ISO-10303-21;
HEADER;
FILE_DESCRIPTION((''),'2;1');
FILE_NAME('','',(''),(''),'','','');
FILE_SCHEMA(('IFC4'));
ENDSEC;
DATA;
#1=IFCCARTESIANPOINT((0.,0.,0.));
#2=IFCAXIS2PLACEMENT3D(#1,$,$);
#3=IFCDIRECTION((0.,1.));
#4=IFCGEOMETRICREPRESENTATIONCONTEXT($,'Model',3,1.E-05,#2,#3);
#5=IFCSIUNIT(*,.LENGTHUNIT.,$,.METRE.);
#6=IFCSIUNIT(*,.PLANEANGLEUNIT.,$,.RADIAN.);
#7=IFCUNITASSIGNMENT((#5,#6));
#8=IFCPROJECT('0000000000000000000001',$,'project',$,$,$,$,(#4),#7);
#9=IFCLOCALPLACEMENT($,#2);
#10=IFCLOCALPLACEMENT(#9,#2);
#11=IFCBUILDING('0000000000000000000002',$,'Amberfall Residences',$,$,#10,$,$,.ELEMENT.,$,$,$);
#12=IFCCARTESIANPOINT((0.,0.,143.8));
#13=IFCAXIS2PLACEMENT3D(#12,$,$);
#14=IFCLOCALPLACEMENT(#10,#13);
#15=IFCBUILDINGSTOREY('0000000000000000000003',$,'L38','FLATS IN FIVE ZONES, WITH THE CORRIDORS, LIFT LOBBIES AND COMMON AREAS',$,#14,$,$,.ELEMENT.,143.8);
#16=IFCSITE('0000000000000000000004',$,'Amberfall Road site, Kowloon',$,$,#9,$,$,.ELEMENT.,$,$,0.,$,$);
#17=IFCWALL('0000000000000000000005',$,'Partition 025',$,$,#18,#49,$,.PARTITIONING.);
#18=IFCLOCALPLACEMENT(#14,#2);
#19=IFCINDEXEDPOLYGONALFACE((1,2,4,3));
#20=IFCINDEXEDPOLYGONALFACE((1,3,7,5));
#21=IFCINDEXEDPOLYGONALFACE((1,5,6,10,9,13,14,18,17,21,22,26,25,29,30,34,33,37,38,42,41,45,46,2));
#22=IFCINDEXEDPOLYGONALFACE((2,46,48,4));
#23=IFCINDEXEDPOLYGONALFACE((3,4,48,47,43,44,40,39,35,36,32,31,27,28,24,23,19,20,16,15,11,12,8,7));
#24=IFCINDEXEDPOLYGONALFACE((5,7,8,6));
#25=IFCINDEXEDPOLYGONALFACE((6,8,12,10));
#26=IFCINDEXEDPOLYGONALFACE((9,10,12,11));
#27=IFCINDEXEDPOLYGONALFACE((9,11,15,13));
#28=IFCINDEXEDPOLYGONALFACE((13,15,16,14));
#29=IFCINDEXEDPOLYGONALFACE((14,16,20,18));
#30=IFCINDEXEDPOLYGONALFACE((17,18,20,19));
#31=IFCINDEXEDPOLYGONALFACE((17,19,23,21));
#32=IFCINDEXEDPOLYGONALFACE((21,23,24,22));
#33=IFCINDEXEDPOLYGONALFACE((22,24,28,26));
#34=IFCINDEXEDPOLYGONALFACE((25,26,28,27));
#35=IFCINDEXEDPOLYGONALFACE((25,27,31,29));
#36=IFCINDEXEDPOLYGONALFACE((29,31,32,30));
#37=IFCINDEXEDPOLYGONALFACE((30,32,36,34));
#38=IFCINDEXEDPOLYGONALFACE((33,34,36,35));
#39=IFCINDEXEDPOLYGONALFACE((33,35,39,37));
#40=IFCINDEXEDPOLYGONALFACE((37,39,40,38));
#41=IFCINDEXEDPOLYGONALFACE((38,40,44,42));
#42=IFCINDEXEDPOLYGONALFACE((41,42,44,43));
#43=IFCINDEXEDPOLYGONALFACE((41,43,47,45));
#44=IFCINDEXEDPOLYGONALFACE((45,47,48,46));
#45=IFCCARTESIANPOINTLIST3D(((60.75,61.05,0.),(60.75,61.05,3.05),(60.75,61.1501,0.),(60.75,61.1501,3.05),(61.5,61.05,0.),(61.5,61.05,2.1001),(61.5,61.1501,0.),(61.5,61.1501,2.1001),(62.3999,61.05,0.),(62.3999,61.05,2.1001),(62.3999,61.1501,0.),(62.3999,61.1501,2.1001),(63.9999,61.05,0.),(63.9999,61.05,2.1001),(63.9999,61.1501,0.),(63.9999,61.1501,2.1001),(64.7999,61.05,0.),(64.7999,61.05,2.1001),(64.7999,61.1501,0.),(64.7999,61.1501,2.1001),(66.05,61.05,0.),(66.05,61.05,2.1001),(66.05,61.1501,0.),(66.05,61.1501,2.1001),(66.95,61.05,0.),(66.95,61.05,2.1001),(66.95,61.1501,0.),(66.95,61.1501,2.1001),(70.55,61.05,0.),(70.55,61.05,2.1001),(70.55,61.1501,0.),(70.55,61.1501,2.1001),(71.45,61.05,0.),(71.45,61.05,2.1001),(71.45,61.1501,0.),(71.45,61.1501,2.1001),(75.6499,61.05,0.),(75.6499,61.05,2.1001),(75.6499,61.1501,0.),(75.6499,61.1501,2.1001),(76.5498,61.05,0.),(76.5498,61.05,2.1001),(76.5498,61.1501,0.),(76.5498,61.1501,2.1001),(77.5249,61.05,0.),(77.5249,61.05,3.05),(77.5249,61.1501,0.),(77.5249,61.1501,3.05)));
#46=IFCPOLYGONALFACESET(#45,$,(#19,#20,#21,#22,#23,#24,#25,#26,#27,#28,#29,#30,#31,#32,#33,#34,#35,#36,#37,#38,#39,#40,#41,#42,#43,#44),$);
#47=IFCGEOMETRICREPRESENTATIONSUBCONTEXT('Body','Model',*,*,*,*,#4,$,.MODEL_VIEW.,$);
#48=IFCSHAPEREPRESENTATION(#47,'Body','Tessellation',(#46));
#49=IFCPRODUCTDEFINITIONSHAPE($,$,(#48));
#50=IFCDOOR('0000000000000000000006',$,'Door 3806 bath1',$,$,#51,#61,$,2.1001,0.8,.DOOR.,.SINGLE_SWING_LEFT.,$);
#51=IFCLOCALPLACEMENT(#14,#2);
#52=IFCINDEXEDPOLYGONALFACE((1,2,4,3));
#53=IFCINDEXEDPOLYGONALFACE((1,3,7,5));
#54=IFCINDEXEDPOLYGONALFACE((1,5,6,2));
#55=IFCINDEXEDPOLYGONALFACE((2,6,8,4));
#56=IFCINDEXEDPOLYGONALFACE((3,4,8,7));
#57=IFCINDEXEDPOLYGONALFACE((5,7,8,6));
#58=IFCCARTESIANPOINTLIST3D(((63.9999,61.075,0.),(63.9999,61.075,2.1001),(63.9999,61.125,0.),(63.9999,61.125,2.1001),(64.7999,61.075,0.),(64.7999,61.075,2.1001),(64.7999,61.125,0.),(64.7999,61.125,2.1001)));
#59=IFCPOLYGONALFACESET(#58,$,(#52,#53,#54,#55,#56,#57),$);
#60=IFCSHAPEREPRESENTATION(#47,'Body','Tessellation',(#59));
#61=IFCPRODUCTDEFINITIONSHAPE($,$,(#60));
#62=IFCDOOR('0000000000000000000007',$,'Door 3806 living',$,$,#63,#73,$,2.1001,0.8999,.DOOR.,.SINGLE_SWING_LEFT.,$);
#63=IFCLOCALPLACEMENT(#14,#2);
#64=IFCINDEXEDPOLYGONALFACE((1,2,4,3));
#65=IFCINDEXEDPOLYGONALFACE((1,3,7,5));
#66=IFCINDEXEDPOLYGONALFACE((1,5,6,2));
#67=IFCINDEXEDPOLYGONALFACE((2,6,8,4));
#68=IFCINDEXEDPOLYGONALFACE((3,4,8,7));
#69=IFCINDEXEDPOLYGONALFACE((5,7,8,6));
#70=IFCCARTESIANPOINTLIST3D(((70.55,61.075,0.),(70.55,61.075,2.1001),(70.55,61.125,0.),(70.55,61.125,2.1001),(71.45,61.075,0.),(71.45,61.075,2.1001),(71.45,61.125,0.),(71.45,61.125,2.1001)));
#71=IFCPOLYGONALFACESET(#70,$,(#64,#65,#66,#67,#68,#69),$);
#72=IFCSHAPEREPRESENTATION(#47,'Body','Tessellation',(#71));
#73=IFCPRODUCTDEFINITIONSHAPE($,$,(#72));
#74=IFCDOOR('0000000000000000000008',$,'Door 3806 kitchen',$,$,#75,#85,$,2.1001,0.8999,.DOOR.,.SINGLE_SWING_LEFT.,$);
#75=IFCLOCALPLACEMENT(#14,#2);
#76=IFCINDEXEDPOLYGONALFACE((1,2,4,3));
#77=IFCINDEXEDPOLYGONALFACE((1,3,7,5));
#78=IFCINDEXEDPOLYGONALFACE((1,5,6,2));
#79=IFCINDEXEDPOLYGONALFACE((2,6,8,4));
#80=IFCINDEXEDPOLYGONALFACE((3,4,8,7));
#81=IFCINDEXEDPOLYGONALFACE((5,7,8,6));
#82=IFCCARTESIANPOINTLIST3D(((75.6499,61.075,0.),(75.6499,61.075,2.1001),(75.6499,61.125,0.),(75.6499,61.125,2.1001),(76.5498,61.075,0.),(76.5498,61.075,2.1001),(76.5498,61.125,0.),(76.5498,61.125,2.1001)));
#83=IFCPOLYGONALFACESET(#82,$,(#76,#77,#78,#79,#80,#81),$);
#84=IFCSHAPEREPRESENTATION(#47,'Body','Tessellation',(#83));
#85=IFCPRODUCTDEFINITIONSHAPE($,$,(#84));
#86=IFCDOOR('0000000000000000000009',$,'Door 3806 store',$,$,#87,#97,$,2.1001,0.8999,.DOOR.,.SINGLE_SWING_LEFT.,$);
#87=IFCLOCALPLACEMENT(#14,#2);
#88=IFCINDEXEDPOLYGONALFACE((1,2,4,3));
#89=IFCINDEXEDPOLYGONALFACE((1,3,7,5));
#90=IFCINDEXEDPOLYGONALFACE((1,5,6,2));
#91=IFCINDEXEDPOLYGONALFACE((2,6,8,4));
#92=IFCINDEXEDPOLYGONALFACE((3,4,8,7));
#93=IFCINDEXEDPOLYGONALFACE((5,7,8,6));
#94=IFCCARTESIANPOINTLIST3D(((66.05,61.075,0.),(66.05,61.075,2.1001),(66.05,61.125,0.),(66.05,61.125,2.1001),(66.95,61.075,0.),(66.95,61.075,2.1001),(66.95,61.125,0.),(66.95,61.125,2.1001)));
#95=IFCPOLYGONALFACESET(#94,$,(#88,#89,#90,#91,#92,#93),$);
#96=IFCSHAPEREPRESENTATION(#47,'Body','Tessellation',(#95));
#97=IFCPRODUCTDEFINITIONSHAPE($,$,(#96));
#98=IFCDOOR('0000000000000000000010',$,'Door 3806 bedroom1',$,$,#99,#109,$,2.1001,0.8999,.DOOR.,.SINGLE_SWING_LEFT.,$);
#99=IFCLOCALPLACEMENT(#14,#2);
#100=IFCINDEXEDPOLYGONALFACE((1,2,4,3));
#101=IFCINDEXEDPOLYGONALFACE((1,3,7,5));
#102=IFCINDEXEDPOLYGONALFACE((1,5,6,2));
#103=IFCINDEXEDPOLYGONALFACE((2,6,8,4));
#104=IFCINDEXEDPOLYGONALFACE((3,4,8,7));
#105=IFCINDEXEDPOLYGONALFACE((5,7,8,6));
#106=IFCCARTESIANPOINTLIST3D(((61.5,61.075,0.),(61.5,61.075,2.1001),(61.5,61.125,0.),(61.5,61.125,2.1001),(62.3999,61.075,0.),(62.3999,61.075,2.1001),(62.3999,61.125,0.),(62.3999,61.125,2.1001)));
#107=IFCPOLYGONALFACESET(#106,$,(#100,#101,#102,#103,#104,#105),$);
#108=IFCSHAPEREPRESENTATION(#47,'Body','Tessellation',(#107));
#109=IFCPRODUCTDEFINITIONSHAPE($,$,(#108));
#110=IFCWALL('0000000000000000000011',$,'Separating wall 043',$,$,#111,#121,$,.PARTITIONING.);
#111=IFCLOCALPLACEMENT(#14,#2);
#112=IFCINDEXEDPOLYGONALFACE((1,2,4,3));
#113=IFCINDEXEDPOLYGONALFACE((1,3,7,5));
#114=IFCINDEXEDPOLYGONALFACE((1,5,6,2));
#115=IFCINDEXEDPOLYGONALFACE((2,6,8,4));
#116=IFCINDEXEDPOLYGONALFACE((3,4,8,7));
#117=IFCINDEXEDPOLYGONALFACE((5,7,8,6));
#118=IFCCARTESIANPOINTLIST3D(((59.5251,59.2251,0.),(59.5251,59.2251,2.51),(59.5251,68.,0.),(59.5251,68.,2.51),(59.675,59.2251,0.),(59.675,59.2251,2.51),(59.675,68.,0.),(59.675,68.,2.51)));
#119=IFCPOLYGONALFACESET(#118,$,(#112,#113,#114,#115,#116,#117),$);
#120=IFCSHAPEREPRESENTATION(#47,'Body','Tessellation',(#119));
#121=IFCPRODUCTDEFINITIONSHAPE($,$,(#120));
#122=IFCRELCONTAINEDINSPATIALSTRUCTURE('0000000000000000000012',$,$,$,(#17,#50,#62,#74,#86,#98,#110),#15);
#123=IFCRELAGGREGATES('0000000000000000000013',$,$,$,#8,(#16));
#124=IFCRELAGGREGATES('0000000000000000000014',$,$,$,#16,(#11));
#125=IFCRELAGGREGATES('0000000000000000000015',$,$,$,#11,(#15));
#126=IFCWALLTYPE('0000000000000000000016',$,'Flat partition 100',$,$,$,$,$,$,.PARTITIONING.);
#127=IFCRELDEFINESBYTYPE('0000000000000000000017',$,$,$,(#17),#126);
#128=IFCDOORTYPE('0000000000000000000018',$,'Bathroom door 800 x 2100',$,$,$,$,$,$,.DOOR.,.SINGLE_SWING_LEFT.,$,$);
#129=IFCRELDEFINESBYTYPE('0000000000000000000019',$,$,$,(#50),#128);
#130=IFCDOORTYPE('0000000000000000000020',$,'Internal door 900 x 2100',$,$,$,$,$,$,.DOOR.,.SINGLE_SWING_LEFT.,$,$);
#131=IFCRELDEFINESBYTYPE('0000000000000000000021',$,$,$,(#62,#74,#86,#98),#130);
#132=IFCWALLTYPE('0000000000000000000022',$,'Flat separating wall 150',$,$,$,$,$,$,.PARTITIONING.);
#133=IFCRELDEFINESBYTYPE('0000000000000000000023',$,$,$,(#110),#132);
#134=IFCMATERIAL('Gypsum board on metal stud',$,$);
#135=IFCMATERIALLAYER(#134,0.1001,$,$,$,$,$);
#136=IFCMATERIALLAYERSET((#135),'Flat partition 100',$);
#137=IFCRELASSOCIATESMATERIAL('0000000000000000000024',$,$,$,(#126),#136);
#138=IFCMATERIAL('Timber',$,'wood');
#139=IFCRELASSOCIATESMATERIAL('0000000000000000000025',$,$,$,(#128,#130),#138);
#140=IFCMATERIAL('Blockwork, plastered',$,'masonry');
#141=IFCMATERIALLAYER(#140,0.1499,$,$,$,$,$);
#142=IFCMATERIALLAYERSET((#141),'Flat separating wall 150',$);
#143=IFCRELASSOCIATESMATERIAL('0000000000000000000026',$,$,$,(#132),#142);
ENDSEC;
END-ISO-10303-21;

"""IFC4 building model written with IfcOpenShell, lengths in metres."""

from ifc_helpers import new_model, si_unit, direction, frame, frame_2d, origin, place, context, subcontext, project, spatial, rectangle, extrude, material, layer, layer_set, type_object, element, fill, save


model = new_model("IFC4")

# Units and contexts
model_context = context("Model", 3, precision=1e-05, world=origin(), true_north=direction((0.0, 1.0)))
body_context = subcontext(model_context, "Body", "Model", "MODEL_VIEW")
ifc_project = project(units=[si_unit("LENGTHUNIT", "METRE"), si_unit("PLANEANGLEUNIT", "RADIAN")], contexts=[model_context])

# Site, building, storey
site_placement = place(None, origin())
site = spatial("IfcSite", under=ifc_project, at=site_placement, Name="Amberfall Road site, Kowloon", CompositionType="ELEMENT", RefElevation=0.0)
building_placement = place(site_placement, origin())
building = spatial("IfcBuilding", under=site, at=building_placement, Name="Amberfall Residences", CompositionType="ELEMENT")
storey_placement = place(building_placement, frame((0.0, 0.0, 143.8)))
storey = spatial("IfcBuildingStorey", under=building, at=storey_placement, Name="L38", Description="FLATS IN FIVE ZONES, WITH THE CORRIDORS, LIFT LOBBIES AND COMMON AREAS", CompositionType="ELEMENT", Elevation=143.8)

# Shared definitions
ifc_material_1 = material(Name="Gypsum board on metal stud")
ifc_layer_1 = layer(ifc_material_1, 0.1001)
ifc_layer_set_1 = layer_set([ifc_layer_1], Name="Flat partition 100")
wall_type_1 = type_object("IfcWallType", Name="Flat partition 100", PredefinedType="PARTITIONING", material=ifc_layer_set_1)

# Wall, openings, doors
wall_1_placement = place(storey_placement, frame((60.75, 61.1001, 0.0), z_axis=(0.0, 0.0, 1.0), x_axis=(1.0, 0.0, 0.0)))
wall_1 = element("IfcWall", 1, at=wall_1_placement, inside=storey, type_object=wall_type_1, Name="Partition 025", PredefinedType="PARTITIONING", context=body_context, shape_type="SweptSolid", body=[
    extrude(rectangle(XDim=16.7749, YDim=0.1001, at=frame_2d((8.3875, 0.0))), origin(), (0.0, 0.0, 1.0), 3.05),
])
opening_1_placement = place(wall_1_placement, frame((9.8, 0.0, 0.0)))
opening_1 = element("IfcOpeningElement", 2, at=opening_1_placement, cuts=wall_1, PredefinedType="OPENING", context=body_context, shape_type="SweptSolid", body=[
    extrude(rectangle(XDim=0.8999, YDim=2.1001, at=frame_2d((0.45, 1.05))), frame((0.0, 0.0601, 0.0), z_axis=(0.0, -1.0, 0.0), x_axis=(1.0, 0.0, 0.0)), (0.0, 0.0, 1.0), 0.1201),
])
opening_2_placement = place(wall_1_placement, frame((14.8999, 0.0, 0.0)))
opening_2 = element("IfcOpeningElement", 3, at=opening_2_placement, cuts=wall_1, PredefinedType="OPENING", context=body_context, shape_type="SweptSolid", body=[
    extrude(rectangle(XDim=0.8999, YDim=2.1001, at=frame_2d((0.45, 1.05))), frame((0.0, 0.0601, 0.0), z_axis=(0.0, -1.0, 0.0), x_axis=(1.0, 0.0, 0.0)), (0.0, 0.0, 1.0), 0.1201),
])
opening_3_placement = place(wall_1_placement, frame((5.3, 0.0, 0.0)))
opening_3 = element("IfcOpeningElement", 4, at=opening_3_placement, cuts=wall_1, PredefinedType="OPENING", context=body_context, shape_type="SweptSolid", body=[
    extrude(rectangle(XDim=0.8999, YDim=2.1001, at=frame_2d((0.45, 1.05))), frame((0.0, 0.0601, 0.0), z_axis=(0.0, -1.0, 0.0), x_axis=(1.0, 0.0, 0.0)), (0.0, 0.0, 1.0), 0.1201),
])
opening_4_placement = place(wall_1_placement, frame((0.75, 0.0, 0.0)))
opening_4 = element("IfcOpeningElement", 5, at=opening_4_placement, cuts=wall_1, PredefinedType="OPENING", context=body_context, shape_type="SweptSolid", body=[
    extrude(rectangle(XDim=0.8999, YDim=2.1001, at=frame_2d((0.45, 1.05))), frame((0.0, 0.0601, 0.0), z_axis=(0.0, -1.0, 0.0), x_axis=(1.0, 0.0, 0.0)), (0.0, 0.0, 1.0), 0.1201),
])
opening_5_placement = place(wall_1_placement, frame((3.25, 0.0, 0.0)))
opening_5 = element("IfcOpeningElement", 6, at=opening_5_placement, cuts=wall_1, PredefinedType="OPENING", context=body_context, shape_type="SweptSolid", body=[
    extrude(rectangle(XDim=0.8, YDim=2.1001, at=frame_2d((0.3999, 1.05))), frame((0.0, 0.0601, 0.0), z_axis=(0.0, -1.0, 0.0), x_axis=(1.0, 0.0, 0.0)), (0.0, 0.0, 1.0), 0.1201),
])
ifc_material_2 = material(Name="Timber", Category="wood")
door_type_1 = type_object("IfcDoorType", Name="Bathroom door 800 x 2100", OperationType="SINGLE_SWING_LEFT", PredefinedType="DOOR", material=ifc_material_2)
door_1_placement = place(opening_5_placement, origin())
door_1 = element("IfcDoor", 7, at=door_1_placement, inside=storey, type_object=door_type_1, Name="Door 3806 bath1", OperationType="SINGLE_SWING_LEFT", OverallHeight=2.1001, OverallWidth=0.8, PredefinedType="DOOR", context=body_context, shape_type="SweptSolid", body=[
    extrude(rectangle(XDim=0.8, YDim=2.1001, at=frame_2d((0.3999, 1.05))), frame((0.0, 0.0249, 0.0), z_axis=(0.0, -1.0, 0.0), x_axis=(1.0, 0.0, 0.0)), (0.0, 0.0, 1.0), 0.05),
])
fill(opening_5, door_1)
door_type_2 = type_object("IfcDoorType", Name="Internal door 900 x 2100", OperationType="SINGLE_SWING_LEFT", PredefinedType="DOOR", material=ifc_material_2)
door_2_placement = place(opening_1_placement, origin())
door_2 = element("IfcDoor", 8, at=door_2_placement, inside=storey, type_object=door_type_2, Name="Door 3806 living", OperationType="SINGLE_SWING_LEFT", OverallHeight=2.1001, OverallWidth=0.8999, PredefinedType="DOOR", context=body_context, shape_type="SweptSolid", body=[
    extrude(rectangle(XDim=0.8999, YDim=2.1001, at=frame_2d((0.45, 1.05))), frame((0.0, 0.0249, 0.0), z_axis=(0.0, -1.0, 0.0), x_axis=(1.0, 0.0, 0.0)), (0.0, 0.0, 1.0), 0.05),
])
fill(opening_1, door_2)
door_3_placement = place(opening_2_placement, origin())
door_3 = element("IfcDoor", 9, at=door_3_placement, inside=storey, type_object=door_type_2, Name="Door 3806 kitchen", OperationType="SINGLE_SWING_LEFT", OverallHeight=2.1001, OverallWidth=0.8999, PredefinedType="DOOR", context=body_context, shape_type="SweptSolid", body=[
    extrude(rectangle(XDim=0.8999, YDim=2.1001, at=frame_2d((0.45, 1.05))), frame((0.0, 0.0249, 0.0), z_axis=(0.0, -1.0, 0.0), x_axis=(1.0, 0.0, 0.0)), (0.0, 0.0, 1.0), 0.05),
])
fill(opening_2, door_3)
door_4_placement = place(opening_3_placement, origin())
door_4 = element("IfcDoor", 10, at=door_4_placement, inside=storey, type_object=door_type_2, Name="Door 3806 store", OperationType="SINGLE_SWING_LEFT", OverallHeight=2.1001, OverallWidth=0.8999, PredefinedType="DOOR", context=body_context, shape_type="SweptSolid", body=[
    extrude(rectangle(XDim=0.8999, YDim=2.1001, at=frame_2d((0.45, 1.05))), frame((0.0, 0.0249, 0.0), z_axis=(0.0, -1.0, 0.0), x_axis=(1.0, 0.0, 0.0)), (0.0, 0.0, 1.0), 0.05),
])
fill(opening_3, door_4)
door_5_placement = place(opening_4_placement, origin())
door_5 = element("IfcDoor", 11, at=door_5_placement, inside=storey, type_object=door_type_2, Name="Door 3806 bedroom1", OperationType="SINGLE_SWING_LEFT", OverallHeight=2.1001, OverallWidth=0.8999, PredefinedType="DOOR", context=body_context, shape_type="SweptSolid", body=[
    extrude(rectangle(XDim=0.8999, YDim=2.1001, at=frame_2d((0.45, 1.05))), frame((0.0, 0.0249, 0.0), z_axis=(0.0, -1.0, 0.0), x_axis=(1.0, 0.0, 0.0)), (0.0, 0.0, 1.0), 0.05),
])
fill(opening_4, door_5)

# Wall
ifc_material_3 = material(Name="Blockwork, plastered", Category="masonry")
ifc_layer_2 = layer(ifc_material_3, 0.1499)
ifc_layer_set_2 = layer_set([ifc_layer_2], Name="Flat separating wall 150")
wall_type_2 = type_object("IfcWallType", Name="Flat separating wall 150", PredefinedType="PARTITIONING", material=ifc_layer_set_2)
wall_2_placement = place(storey_placement, frame((59.6001, 59.2251, 0.0), z_axis=(0.0, 0.0, 1.0), x_axis=(0.0, 1.0, 0.0)))
element("IfcWall", 12, at=wall_2_placement, inside=storey, type_object=wall_type_2, Name="Separating wall 043", PredefinedType="PARTITIONING", context=body_context, shape_type="SweptSolid", body=[
    extrude(rectangle(XDim=8.7749, YDim=0.1499, at=frame_2d((4.3875, 0.0))), origin(), (0.0, 0.0, 1.0), 2.51),
])

save(model, "model.ifc")
